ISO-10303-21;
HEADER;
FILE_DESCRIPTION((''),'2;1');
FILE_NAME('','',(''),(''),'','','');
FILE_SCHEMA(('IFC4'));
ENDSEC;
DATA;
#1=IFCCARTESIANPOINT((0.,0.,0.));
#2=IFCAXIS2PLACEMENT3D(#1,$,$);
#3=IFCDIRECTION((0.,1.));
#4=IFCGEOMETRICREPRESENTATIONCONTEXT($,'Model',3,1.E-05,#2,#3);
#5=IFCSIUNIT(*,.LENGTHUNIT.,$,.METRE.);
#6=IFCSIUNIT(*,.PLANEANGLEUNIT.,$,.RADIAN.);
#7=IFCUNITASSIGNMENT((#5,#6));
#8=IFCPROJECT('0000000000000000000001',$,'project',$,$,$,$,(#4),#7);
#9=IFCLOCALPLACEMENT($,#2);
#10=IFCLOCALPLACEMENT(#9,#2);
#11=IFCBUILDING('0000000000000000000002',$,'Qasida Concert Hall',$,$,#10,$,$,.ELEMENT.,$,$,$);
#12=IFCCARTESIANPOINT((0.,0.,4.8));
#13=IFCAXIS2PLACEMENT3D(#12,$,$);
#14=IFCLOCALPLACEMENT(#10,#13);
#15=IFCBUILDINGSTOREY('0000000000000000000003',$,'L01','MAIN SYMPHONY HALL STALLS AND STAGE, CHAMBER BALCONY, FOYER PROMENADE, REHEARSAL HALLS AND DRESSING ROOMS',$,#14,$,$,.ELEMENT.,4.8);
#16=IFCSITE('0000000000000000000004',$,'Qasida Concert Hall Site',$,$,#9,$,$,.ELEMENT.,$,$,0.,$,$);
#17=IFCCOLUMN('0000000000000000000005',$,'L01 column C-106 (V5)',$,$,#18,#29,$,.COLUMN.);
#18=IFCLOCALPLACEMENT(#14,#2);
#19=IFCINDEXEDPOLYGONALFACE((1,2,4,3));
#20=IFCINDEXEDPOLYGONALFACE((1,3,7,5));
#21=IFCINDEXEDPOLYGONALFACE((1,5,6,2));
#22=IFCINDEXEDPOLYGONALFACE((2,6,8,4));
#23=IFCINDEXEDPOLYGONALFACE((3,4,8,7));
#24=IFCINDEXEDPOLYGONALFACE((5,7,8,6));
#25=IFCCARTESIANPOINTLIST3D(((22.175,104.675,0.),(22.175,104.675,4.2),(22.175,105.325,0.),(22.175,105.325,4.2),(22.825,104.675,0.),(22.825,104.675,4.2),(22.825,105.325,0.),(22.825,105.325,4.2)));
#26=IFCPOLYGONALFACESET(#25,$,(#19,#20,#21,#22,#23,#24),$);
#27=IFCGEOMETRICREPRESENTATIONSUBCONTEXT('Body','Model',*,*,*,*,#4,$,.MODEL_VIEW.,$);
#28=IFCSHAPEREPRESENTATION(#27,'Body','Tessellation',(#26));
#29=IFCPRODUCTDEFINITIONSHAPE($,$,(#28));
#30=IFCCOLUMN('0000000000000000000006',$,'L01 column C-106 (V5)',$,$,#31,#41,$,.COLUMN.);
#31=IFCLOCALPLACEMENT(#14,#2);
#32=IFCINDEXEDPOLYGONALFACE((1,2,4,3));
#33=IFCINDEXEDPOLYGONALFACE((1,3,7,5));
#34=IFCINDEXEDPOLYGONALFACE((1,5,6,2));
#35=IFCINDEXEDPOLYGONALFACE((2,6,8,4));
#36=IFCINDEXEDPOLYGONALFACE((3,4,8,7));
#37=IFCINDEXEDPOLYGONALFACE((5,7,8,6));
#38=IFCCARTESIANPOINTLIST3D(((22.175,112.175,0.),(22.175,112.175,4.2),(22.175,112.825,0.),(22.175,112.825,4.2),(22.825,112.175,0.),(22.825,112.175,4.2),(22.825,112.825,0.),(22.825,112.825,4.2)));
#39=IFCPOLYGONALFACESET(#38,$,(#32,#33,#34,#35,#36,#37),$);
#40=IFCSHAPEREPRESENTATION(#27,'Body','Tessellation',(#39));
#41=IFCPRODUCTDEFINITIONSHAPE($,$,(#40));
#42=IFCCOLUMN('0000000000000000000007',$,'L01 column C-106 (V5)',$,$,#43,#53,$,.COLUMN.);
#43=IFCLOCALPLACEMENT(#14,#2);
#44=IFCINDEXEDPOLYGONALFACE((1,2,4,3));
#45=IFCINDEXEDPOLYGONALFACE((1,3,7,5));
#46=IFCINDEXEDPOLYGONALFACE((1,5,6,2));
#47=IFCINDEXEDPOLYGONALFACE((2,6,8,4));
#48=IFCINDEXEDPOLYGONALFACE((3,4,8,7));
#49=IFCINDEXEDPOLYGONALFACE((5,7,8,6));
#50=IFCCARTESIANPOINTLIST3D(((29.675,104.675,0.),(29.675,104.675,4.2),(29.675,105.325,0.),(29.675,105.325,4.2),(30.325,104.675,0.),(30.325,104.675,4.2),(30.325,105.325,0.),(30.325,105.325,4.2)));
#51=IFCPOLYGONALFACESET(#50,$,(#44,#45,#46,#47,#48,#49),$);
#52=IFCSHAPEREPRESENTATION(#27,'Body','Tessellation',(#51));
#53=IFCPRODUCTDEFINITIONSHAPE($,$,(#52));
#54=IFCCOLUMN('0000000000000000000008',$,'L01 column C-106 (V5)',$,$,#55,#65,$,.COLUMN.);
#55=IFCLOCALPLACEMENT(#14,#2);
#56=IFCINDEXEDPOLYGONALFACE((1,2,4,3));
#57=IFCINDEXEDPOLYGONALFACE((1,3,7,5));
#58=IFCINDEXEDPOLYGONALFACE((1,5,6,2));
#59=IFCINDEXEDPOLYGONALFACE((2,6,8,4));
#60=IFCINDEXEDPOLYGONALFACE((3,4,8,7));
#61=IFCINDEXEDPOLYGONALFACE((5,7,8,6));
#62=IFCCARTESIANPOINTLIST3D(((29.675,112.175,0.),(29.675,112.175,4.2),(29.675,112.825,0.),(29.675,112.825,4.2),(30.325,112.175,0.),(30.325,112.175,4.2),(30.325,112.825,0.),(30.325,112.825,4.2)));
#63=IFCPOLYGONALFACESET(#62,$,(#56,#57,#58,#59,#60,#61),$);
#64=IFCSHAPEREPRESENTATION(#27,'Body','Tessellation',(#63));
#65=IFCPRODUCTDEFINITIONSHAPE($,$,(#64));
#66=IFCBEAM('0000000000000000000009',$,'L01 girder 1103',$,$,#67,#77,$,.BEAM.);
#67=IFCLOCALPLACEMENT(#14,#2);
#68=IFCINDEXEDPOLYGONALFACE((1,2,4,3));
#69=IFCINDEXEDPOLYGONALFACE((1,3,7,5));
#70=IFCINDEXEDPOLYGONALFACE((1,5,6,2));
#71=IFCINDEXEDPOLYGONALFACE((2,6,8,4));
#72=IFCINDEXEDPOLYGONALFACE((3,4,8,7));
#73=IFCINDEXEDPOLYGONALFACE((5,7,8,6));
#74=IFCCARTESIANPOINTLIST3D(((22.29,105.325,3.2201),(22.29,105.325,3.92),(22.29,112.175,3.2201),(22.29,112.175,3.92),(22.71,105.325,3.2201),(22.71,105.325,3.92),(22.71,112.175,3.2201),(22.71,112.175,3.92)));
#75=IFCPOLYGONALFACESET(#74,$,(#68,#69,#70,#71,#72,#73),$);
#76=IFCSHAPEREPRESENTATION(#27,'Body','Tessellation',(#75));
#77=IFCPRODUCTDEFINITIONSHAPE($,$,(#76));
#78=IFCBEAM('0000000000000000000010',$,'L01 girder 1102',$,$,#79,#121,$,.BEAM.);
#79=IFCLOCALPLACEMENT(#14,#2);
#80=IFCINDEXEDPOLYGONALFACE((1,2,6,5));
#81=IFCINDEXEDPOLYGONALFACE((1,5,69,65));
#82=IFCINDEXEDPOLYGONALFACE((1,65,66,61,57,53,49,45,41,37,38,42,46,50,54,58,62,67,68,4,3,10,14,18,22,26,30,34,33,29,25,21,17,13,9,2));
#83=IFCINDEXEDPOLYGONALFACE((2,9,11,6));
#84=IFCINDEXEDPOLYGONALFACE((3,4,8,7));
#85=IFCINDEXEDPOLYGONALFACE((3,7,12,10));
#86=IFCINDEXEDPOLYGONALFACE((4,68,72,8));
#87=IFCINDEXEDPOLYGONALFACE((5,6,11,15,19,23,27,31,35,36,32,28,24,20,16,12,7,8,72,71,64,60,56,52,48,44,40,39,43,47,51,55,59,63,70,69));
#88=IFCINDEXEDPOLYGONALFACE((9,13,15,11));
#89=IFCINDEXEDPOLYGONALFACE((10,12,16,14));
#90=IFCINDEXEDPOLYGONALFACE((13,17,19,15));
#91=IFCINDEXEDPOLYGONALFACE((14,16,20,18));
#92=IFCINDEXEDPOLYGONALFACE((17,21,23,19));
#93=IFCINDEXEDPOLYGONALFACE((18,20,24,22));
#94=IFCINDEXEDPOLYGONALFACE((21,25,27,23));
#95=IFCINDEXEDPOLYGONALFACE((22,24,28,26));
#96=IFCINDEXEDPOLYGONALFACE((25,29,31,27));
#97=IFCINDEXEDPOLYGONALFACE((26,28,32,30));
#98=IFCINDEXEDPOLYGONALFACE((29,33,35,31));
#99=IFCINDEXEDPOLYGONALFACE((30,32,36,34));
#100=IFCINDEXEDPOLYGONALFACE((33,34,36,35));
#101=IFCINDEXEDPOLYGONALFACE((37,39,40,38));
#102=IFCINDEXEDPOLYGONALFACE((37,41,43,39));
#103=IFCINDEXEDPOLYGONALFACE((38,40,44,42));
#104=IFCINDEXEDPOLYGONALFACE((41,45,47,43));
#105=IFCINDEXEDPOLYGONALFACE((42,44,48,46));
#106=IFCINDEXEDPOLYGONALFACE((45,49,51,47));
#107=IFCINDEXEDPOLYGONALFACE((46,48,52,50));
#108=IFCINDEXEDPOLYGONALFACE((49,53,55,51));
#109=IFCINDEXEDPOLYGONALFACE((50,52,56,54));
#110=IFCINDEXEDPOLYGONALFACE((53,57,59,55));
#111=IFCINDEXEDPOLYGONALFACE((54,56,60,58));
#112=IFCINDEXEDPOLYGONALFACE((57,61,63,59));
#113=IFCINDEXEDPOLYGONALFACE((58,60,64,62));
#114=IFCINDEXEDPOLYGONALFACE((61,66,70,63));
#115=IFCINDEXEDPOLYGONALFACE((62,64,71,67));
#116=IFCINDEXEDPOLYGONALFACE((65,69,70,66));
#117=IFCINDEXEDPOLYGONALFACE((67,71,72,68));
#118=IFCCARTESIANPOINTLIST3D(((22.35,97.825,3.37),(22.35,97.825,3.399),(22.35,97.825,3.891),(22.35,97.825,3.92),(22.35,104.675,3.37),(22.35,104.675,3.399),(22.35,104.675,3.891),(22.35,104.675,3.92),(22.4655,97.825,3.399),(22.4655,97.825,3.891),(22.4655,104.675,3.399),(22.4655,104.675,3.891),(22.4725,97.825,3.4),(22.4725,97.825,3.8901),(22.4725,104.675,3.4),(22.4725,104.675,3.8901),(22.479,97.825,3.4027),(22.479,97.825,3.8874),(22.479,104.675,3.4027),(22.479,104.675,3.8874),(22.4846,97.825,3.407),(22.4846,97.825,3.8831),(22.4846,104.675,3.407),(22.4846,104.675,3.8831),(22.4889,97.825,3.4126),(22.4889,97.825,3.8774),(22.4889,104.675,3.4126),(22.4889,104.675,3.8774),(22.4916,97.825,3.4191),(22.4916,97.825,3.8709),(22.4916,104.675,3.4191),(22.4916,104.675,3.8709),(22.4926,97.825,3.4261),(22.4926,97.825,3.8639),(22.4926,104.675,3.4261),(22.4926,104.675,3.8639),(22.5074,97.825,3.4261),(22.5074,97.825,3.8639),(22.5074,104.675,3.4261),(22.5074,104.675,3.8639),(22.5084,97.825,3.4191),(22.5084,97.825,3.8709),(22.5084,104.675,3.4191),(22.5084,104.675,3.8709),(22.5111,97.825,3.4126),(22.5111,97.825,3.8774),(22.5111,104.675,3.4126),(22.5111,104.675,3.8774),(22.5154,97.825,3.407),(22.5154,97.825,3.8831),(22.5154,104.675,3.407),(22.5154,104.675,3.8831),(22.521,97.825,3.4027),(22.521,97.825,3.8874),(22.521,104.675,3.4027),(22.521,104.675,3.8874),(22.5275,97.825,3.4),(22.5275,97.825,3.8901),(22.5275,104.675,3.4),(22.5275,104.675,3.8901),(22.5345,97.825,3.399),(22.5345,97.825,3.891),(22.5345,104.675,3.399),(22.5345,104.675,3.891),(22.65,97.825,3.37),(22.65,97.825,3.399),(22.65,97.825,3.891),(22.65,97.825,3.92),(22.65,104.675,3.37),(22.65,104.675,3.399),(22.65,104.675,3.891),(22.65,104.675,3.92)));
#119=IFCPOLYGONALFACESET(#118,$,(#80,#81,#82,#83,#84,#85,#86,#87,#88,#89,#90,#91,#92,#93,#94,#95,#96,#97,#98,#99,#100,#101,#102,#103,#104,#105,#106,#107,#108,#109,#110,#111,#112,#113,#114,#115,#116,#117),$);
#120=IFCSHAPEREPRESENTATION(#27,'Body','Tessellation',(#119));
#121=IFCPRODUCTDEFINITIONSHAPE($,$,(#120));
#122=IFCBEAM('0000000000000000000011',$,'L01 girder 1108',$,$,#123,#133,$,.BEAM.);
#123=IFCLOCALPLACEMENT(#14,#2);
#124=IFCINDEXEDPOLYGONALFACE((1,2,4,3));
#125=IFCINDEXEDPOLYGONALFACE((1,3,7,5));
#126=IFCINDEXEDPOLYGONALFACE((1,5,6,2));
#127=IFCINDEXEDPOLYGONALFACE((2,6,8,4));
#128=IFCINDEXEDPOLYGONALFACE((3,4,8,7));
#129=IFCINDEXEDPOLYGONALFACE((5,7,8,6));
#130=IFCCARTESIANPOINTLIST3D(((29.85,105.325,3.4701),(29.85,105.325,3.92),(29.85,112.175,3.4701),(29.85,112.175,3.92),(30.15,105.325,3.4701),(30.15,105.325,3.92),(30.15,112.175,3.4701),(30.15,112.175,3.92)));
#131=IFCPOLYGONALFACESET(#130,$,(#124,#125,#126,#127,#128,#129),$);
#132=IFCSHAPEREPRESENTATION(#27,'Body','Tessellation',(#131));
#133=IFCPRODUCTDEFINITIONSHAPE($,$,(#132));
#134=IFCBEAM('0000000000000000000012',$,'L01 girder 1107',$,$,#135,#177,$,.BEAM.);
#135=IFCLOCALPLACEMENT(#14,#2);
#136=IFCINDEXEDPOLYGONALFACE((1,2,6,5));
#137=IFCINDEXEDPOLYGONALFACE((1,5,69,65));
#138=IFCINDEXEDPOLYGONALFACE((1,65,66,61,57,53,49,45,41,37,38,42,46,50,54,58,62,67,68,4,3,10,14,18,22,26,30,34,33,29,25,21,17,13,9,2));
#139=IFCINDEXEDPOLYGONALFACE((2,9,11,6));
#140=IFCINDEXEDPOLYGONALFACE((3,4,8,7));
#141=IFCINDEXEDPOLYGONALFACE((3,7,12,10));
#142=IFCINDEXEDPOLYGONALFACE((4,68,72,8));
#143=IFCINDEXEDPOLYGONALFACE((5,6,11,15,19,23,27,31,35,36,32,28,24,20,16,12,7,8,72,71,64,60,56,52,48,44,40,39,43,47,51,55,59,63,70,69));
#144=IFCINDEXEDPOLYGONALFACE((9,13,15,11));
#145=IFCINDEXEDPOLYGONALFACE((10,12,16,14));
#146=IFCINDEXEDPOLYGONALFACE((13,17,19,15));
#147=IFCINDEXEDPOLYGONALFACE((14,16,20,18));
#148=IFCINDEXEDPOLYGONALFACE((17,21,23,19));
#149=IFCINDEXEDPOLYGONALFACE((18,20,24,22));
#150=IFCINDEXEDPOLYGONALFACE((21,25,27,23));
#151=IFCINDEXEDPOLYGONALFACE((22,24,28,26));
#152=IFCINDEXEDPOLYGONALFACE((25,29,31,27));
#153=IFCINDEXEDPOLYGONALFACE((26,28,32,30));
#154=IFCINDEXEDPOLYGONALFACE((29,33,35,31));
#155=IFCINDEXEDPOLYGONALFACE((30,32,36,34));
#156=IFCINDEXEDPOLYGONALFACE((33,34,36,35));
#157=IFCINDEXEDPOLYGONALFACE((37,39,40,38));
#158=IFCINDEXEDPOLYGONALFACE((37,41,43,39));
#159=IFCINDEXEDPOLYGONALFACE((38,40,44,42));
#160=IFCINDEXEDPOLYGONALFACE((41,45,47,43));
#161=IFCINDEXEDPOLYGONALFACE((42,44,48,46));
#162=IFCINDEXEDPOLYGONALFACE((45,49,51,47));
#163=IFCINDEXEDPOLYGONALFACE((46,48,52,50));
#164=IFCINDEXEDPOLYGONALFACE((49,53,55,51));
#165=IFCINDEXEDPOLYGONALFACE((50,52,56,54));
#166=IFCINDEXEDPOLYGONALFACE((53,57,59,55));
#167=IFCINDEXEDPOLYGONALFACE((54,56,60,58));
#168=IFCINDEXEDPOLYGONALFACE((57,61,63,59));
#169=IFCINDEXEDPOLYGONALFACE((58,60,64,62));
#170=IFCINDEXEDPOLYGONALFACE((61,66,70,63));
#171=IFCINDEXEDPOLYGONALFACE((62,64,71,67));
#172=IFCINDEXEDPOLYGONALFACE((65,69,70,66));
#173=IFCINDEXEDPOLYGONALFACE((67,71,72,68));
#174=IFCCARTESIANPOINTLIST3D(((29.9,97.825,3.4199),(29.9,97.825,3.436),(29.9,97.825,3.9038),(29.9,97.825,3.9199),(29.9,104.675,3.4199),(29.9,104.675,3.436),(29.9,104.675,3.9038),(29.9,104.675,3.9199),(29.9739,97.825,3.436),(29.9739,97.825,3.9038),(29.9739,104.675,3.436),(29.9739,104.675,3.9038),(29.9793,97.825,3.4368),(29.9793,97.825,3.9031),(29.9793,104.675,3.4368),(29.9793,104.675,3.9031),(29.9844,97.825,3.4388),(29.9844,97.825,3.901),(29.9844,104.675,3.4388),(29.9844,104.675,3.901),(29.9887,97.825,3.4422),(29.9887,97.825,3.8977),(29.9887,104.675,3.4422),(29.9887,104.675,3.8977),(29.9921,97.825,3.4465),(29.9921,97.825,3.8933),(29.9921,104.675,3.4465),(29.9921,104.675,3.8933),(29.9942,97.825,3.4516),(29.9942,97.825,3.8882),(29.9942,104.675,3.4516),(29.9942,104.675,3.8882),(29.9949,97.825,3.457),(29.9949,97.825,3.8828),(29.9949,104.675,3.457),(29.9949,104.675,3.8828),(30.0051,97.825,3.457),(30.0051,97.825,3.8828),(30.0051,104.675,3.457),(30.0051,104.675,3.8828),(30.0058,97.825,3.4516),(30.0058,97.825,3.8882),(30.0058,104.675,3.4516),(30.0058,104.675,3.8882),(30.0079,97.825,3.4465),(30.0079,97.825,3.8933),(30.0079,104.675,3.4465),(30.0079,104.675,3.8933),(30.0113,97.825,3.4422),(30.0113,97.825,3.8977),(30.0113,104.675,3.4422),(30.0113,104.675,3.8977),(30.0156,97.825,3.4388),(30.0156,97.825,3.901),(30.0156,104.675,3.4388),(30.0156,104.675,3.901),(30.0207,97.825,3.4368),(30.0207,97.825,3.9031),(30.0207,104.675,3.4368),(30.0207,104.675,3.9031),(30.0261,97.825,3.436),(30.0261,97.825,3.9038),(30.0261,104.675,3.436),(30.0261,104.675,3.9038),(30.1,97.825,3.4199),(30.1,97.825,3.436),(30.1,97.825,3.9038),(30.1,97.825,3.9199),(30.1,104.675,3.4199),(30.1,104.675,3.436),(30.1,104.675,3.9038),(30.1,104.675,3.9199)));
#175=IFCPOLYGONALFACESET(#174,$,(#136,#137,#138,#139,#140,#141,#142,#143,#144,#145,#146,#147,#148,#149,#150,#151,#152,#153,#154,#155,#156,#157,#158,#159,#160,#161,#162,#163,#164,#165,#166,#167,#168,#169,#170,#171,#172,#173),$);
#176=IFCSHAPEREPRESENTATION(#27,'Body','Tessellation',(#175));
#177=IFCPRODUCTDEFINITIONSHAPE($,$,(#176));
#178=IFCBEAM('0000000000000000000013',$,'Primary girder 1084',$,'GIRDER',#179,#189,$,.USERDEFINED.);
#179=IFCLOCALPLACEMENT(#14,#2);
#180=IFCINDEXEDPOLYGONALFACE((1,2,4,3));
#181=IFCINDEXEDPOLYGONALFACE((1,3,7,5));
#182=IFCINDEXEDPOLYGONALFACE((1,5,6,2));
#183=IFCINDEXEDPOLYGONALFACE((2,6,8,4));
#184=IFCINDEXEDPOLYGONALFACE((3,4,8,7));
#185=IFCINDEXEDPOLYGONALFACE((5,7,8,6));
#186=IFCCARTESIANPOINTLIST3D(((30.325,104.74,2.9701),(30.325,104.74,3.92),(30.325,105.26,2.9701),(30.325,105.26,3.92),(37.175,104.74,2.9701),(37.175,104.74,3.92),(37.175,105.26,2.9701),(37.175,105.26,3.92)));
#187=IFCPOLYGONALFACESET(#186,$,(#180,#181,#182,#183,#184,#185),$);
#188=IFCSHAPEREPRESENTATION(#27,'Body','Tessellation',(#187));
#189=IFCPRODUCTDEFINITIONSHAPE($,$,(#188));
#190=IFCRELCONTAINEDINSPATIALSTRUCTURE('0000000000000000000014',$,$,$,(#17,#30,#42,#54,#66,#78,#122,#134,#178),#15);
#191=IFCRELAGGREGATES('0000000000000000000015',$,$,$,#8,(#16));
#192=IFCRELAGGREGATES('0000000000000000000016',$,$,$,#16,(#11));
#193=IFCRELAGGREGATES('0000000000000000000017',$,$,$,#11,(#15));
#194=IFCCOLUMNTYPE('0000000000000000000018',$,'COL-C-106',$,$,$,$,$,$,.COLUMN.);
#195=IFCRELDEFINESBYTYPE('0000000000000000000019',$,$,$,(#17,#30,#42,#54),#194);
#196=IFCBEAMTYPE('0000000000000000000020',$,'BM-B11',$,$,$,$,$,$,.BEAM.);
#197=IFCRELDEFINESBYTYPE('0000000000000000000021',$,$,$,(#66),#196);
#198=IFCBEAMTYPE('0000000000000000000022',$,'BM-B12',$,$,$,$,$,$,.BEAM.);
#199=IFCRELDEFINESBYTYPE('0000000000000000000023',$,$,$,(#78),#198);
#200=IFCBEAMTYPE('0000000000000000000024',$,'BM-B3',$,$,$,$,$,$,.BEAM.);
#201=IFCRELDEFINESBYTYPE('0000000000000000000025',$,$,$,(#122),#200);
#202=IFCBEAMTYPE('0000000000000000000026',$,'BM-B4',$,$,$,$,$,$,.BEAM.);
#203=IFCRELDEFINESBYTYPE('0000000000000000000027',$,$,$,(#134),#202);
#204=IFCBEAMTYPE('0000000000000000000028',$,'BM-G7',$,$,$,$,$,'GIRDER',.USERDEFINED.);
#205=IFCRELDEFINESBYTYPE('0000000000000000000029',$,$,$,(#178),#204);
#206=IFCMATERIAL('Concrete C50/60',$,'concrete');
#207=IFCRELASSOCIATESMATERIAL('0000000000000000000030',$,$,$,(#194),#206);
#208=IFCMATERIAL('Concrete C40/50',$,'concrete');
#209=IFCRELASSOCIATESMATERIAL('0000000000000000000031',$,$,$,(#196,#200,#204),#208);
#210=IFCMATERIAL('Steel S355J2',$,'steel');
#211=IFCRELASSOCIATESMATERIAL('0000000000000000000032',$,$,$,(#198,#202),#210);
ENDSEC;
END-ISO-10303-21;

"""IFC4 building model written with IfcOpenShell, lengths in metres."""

from ifc_helpers import new_model, si_unit, direction, frame, origin, origin_2d, place, context, subcontext, project, spatial, rectangle, i_section, extrude, material, material_profile, profile_set, type_object, element, save


model = new_model("IFC4")

# Units and contexts
model_context = context("Model", 3, precision=1e-05, world=origin(), true_north=direction((0.0, 1.0)))
body_context = subcontext(model_context, "Body", "Model", "MODEL_VIEW")
ifc_project = project(units=[si_unit("LENGTHUNIT", "METRE"), si_unit("PLANEANGLEUNIT", "RADIAN")], contexts=[model_context])

# Site, building, storey
site_placement = place(None, origin())
site = spatial("IfcSite", under=ifc_project, at=site_placement, Name="Qasida Concert Hall Site", CompositionType="ELEMENT", RefElevation=0.0)
building_placement = place(site_placement, origin())
building = spatial("IfcBuilding", under=site, at=building_placement, Name="Qasida Concert Hall", CompositionType="ELEMENT")
storey_placement = place(building_placement, frame((0.0, 0.0, 4.8)))
storey = spatial("IfcBuildingStorey", under=building, at=storey_placement, Name="L01", Description="MAIN SYMPHONY HALL STALLS AND STAGE, CHAMBER BALCONY, FOYER PROMENADE, REHEARSAL HALLS AND DRESSING ROOMS", CompositionType="ELEMENT", Elevation=4.8)

# Columns
ifc_material_1 = material(Name="Concrete C50/60", Category="concrete")
ifc_material_profile_1 = material_profile(ifc_material_1, rectangle(XDim=0.6499, YDim=0.6499, at=origin_2d()), Name="RC 650x650")
ifc_profile_set_1 = profile_set([ifc_material_profile_1], Name="Concrete C50/60")
column_type = type_object("IfcColumnType", Name="COL-C-106", PredefinedType="COLUMN", material=ifc_profile_set_1)
for number, where, z_axis, x_axis, name in (
    (1, (22.5, 105.0, 0.0), (0.0, 0.0, 1.0), (1.0, 0.0, 0.0), "L01 column C-106 (V5)"),
    (2, (22.5, 112.5, 0.0), (0.0, 0.0, 1.0), (1.0, 0.0, 0.0), "L01 column C-106 (V5)"),
    (3, (30.0, 105.0, 0.0), (0.0, 0.0, 1.0), (1.0, 0.0, 0.0), "L01 column C-106 (V5)"),
    (4, (30.0, 112.5, 0.0), (0.0, 0.0, 1.0), (1.0, 0.0, 0.0), "L01 column C-106 (V5)"),
):
    element("IfcColumn", number, at=place(storey_placement, frame(where, z_axis=z_axis, x_axis=x_axis)), inside=storey, type_object=column_type, Name=name, PredefinedType="COLUMN", context=body_context, shape_type="SweptSolid", body=[
        extrude(rectangle(XDim=0.6499, YDim=0.6499, at=origin_2d()), origin(), (0.0, 0.0, 1.0), 4.2),
    ])

# Beams
ifc_material_2 = material(Name="Concrete C40/50", Category="concrete")
ifc_material_profile_2 = material_profile(ifc_material_2, rectangle(XDim=0.4199, YDim=0.7, at=origin_2d()), Name="RC 420x700")
ifc_profile_set_2 = profile_set([ifc_material_profile_2], Name="Concrete C40/50")
beam_type_1 = type_object("IfcBeamType", Name="BM-B11", PredefinedType="BEAM", material=ifc_profile_set_2)
beam_1_placement = place(storey_placement, frame((22.5, 105.325, 3.5701), z_axis=(0.0, 1.0, 0.0), x_axis=(-1.0, 0.0, 0.0)))
element("IfcBeam", 5, at=beam_1_placement, inside=storey, type_object=beam_type_1, Name="L01 girder 1103", PredefinedType="BEAM", context=body_context, shape_type="SweptSolid", body=[
    extrude(rectangle(XDim=0.4199, YDim=0.7, at=origin_2d()), origin(), (0.0, 0.0, 1.0), 6.8501),
])
ifc_material_3 = material(Name="Steel S355J2", Category="steel")
ifc_material_profile_3 = material_profile(ifc_material_3, i_section(OverallWidth=0.3, OverallDepth=0.55, WebThickness=0.0149, FlangeThickness=0.0291, FilletRadius=0.0271, at=origin_2d()), Name="HEB 550")
ifc_profile_set_3 = profile_set([ifc_material_profile_3], Name="Steel S355J2")
beam_type_2 = type_object("IfcBeamType", Name="BM-B12", PredefinedType="BEAM", material=ifc_profile_set_3)
beam_2_placement = place(storey_placement, frame((22.5, 97.825, 3.645), z_axis=(0.0, 1.0, 0.0), x_axis=(-1.0, 0.0, 0.0)))
element("IfcBeam", 6, at=beam_2_placement, inside=storey, type_object=beam_type_2, Name="L01 girder 1102", PredefinedType="BEAM", context=body_context, shape_type="SweptSolid", body=[
    extrude(i_section(OverallWidth=0.3, OverallDepth=0.55, WebThickness=0.0149, FlangeThickness=0.0291, FilletRadius=0.0271, at=origin_2d()), origin(), (0.0, 0.0, 1.0), 6.8501),
])
ifc_material_profile_4 = material_profile(ifc_material_2, rectangle(XDim=0.3, YDim=0.45, at=origin_2d()), Name="RC 300x450")
ifc_profile_set_4 = profile_set([ifc_material_profile_4], Name="Concrete C40/50")
beam_type_3 = type_object("IfcBeamType", Name="BM-B3", PredefinedType="BEAM", material=ifc_profile_set_4)
beam_3_placement = place(storey_placement, frame((30.0, 105.325, 3.6951), z_axis=(0.0, 1.0, 0.0), x_axis=(-1.0, 0.0, 0.0)))
element("IfcBeam", 7, at=beam_3_placement, inside=storey, type_object=beam_type_3, Name="L01 girder 1108", PredefinedType="BEAM", context=body_context, shape_type="SweptSolid", body=[
    extrude(rectangle(XDim=0.3, YDim=0.45, at=origin_2d()), origin(), (0.0, 0.0, 1.0), 6.8501),
])
ifc_material_profile_5 = material_profile(ifc_material_3, i_section(OverallWidth=0.2, OverallDepth=0.5, WebThickness=0.0103, FlangeThickness=0.0161, FilletRadius=0.021, at=origin_2d()), Name="IPE 500")
ifc_profile_set_5 = profile_set([ifc_material_profile_5], Name="Steel S355J2")
beam_type_4 = type_object("IfcBeamType", Name="BM-B4", PredefinedType="BEAM", material=ifc_profile_set_5)
beam_4_placement = place(storey_placement, frame((30.0, 97.825, 3.6699), z_axis=(0.0, 1.0, 0.0), x_axis=(-1.0, 0.0, 0.0)))
element("IfcBeam", 8, at=beam_4_placement, inside=storey, type_object=beam_type_4, Name="L01 girder 1107", PredefinedType="BEAM", context=body_context, shape_type="SweptSolid", body=[
    extrude(i_section(OverallWidth=0.2, OverallDepth=0.5, WebThickness=0.0103, FlangeThickness=0.0161, FilletRadius=0.021, at=origin_2d()), origin(), (0.0, 0.0, 1.0), 6.8501),
])
ifc_material_profile_6 = material_profile(ifc_material_2, rectangle(XDim=0.52, YDim=0.95, at=origin_2d()), Name="RC 520x950")
ifc_profile_set_6 = profile_set([ifc_material_profile_6], Name="Concrete C40/50")
beam_type_5 = type_object("IfcBeamType", Name="BM-G7", ElementType="GIRDER", PredefinedType="USERDEFINED", material=ifc_profile_set_6)
beam_5_placement = place(storey_placement, frame((30.325, 105.0, 3.4451), z_axis=(1.0, 0.0, 0.0), x_axis=(0.0, 1.0, 0.0)))
element("IfcBeam", 9, at=beam_5_placement, inside=storey, type_object=beam_type_5, Name="Primary girder 1084", ObjectType="GIRDER", PredefinedType="USERDEFINED", context=body_context, shape_type="SweptSolid", body=[
    extrude(rectangle(XDim=0.52, YDim=0.95, at=origin_2d()), origin(), (0.0, 0.0, 1.0), 6.8501),
])

save(model, "model.ifc")
